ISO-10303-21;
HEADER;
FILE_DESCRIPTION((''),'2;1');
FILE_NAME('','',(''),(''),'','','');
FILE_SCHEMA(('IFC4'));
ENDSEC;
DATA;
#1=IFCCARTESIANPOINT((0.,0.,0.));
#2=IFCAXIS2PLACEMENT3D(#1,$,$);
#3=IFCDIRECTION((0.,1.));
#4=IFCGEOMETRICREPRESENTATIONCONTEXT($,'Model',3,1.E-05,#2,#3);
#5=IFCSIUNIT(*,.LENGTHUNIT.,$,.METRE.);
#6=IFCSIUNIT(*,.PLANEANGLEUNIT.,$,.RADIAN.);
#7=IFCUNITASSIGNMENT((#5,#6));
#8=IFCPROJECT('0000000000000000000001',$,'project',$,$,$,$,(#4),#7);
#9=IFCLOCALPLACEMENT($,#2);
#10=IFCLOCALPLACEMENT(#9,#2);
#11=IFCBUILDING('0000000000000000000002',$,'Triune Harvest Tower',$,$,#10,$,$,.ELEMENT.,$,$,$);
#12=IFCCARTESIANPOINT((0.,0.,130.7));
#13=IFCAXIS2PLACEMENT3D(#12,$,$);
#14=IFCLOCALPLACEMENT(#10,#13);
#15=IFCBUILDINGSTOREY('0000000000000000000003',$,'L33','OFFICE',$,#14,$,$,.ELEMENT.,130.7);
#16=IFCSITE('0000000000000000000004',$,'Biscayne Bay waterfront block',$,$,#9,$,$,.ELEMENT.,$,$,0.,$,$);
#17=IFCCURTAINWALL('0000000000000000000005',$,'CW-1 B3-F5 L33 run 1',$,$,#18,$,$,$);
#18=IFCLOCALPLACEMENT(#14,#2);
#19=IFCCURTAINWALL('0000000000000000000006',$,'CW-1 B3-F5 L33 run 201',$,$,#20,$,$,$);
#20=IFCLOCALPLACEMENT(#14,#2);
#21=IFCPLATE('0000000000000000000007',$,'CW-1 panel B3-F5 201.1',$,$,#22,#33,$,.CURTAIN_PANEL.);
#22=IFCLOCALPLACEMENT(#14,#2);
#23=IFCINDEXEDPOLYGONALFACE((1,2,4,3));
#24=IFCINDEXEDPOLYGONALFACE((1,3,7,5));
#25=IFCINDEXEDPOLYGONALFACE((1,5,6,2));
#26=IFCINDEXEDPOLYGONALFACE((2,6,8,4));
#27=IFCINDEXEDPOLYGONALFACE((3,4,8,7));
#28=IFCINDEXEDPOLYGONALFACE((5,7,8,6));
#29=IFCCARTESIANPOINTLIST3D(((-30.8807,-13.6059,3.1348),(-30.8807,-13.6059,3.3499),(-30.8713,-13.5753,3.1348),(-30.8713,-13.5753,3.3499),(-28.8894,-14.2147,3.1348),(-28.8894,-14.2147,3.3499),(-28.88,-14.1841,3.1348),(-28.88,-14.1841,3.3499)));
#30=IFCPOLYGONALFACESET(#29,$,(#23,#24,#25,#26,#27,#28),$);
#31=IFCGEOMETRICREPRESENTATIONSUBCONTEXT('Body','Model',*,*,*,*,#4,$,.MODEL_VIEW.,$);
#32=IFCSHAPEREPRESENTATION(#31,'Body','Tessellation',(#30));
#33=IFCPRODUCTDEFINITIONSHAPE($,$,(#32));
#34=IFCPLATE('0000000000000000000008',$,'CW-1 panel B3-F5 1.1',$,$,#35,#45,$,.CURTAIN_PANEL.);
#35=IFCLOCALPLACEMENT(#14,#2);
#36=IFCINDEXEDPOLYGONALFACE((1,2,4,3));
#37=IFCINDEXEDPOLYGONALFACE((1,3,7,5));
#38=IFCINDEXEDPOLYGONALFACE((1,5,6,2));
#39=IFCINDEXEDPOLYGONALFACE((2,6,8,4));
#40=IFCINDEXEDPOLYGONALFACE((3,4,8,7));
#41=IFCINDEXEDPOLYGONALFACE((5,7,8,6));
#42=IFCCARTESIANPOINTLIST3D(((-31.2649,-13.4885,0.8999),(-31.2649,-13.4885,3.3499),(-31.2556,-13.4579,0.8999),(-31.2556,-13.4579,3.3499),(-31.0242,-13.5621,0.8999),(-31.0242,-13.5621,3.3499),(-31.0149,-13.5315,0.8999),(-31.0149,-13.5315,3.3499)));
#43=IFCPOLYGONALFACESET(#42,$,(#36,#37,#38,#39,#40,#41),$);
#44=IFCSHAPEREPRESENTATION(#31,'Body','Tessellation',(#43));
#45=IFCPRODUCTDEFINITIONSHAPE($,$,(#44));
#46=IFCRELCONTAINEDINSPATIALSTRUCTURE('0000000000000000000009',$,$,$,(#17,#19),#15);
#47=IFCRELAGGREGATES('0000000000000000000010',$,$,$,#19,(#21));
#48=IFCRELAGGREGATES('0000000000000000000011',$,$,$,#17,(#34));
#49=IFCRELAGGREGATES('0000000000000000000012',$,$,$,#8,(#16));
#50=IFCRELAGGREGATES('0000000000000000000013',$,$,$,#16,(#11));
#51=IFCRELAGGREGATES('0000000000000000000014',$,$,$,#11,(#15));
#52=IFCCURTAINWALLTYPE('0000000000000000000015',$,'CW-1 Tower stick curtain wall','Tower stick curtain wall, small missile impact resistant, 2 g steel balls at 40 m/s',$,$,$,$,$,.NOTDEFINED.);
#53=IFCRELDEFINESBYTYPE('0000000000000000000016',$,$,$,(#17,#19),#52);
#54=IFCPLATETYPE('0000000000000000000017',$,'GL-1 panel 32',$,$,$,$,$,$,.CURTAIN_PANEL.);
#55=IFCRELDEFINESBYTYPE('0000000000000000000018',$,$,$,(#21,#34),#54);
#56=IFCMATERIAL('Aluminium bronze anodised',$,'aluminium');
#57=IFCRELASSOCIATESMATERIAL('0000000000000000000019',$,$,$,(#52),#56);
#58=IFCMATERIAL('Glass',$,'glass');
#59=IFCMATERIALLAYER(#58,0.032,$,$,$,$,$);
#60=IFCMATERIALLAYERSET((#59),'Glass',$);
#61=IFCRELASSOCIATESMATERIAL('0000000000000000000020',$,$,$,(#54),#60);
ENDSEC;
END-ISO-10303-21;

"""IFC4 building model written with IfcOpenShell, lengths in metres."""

from ifc_helpers import new_model, si_unit, direction, frame, origin, origin_2d, place, context, subcontext, project, spatial, rectangle, extrude, source, transform, mapped, material, layer, layer_set, type_object, element, aggregate, save


model = new_model("IFC4")

# Units and contexts
model_context = context("Model", 3, precision=1e-05, world=origin(), true_north=direction((0.0, 1.0)))
body_context = subcontext(model_context, "Body", "Model", "MODEL_VIEW")
ifc_project = project(units=[si_unit("LENGTHUNIT", "METRE"), si_unit("PLANEANGLEUNIT", "RADIAN")], contexts=[model_context])

# Site, building, storey
site_placement = place(None, origin())
site = spatial("IfcSite", under=ifc_project, at=site_placement, Name="Biscayne Bay waterfront block", CompositionType="ELEMENT", RefElevation=0.0)
building_placement = place(site_placement, origin())
building = spatial("IfcBuilding", under=site, at=building_placement, Name="Triune Harvest Tower", CompositionType="ELEMENT")
storey_placement = place(building_placement, frame((0.0, 0.0, 130.7)))
storey = spatial("IfcBuildingStorey", under=building, at=storey_placement, Name="L33", Description="OFFICE", CompositionType="ELEMENT", Elevation=130.7)

# Curtain wall
ifc_material_1 = material(Name="Aluminium bronze anodised", Category="aluminium")
curtain_wall_type_1 = type_object("IfcCurtainWallType", Name="CW-1 Tower stick curtain wall", Description="Tower stick curtain wall, small missile impact resistant, 2 g steel balls at 40 m/s", PredefinedType="NOTDEFINED", material=ifc_material_1)
curtain_wall_1_placement = place(storey_placement, origin())
curtain_wall_1 = element("IfcCurtainWall", 1, at=curtain_wall_1_placement, inside=storey, type_object=curtain_wall_type_1, Name="CW-1 B3-F5 L33 run 1")

# Curtain wall
curtain_wall_2_placement = place(storey_placement, origin())
curtain_wall_2 = element("IfcCurtainWall", 2, at=curtain_wall_2_placement, inside=storey, type_object=curtain_wall_type_1, Name="CW-1 B3-F5 L33 run 201")

# Plates
ifc_material_2 = material(Name="Glass", Category="glass")
ifc_layer_1 = layer(ifc_material_2, 0.032)
ifc_layer_set_1 = layer_set([ifc_layer_1], Name="Glass")
plate_type_1 = type_object("IfcPlateType", Name="GL-1 panel 32", PredefinedType="CURTAIN_PANEL", material=ifc_layer_set_1)
shared_shape_1 = source(origin(), body_context, "Body", "SweptSolid", [
    extrude(rectangle(XDim=2.0823, YDim=0.032, at=origin_2d()), origin(), (0.0, 0.0, 1.0), 0.2151),
])
plate_1_placement = place(storey_placement, frame((-29.8804, -13.895, 3.1348), z_axis=(0.0, 0.0, 1.0), x_axis=(0.95631, -0.292354, 0.0)))
plate_1 = element("IfcPlate", 3, at=plate_1_placement, type_object=plate_type_1, Name="CW-1 panel B3-F5 201.1", PredefinedType="CURTAIN_PANEL", context=body_context, shape_type="MappedRepresentation", body=[
    mapped(shared_shape_1, transform((0.0, 0.0, 0.0), scale=1.0)),
])
aggregate(curtain_wall_2, [plate_1])
shared_shape_2 = source(origin(), body_context, "Body", "SweptSolid", [
    extrude(rectangle(XDim=0.2517, YDim=0.032, at=origin_2d()), origin(), (0.0, 0.0, 1.0), 2.45),
])
plate_2_placement = place(storey_placement, frame((-31.1399, -13.51, 0.8999), z_axis=(0.0, 0.0, 1.0), x_axis=(0.956278, -0.292459, 0.0)))
plate_2 = element("IfcPlate", 4, at=plate_2_placement, type_object=plate_type_1, Name="CW-1 panel B3-F5 1.1", PredefinedType="CURTAIN_PANEL", context=body_context, shape_type="MappedRepresentation", body=[
    mapped(shared_shape_2, transform((0.0, 0.0, 0.0), scale=1.0)),
])
aggregate(curtain_wall_1, [plate_2])

save(model, "model.ifc")
